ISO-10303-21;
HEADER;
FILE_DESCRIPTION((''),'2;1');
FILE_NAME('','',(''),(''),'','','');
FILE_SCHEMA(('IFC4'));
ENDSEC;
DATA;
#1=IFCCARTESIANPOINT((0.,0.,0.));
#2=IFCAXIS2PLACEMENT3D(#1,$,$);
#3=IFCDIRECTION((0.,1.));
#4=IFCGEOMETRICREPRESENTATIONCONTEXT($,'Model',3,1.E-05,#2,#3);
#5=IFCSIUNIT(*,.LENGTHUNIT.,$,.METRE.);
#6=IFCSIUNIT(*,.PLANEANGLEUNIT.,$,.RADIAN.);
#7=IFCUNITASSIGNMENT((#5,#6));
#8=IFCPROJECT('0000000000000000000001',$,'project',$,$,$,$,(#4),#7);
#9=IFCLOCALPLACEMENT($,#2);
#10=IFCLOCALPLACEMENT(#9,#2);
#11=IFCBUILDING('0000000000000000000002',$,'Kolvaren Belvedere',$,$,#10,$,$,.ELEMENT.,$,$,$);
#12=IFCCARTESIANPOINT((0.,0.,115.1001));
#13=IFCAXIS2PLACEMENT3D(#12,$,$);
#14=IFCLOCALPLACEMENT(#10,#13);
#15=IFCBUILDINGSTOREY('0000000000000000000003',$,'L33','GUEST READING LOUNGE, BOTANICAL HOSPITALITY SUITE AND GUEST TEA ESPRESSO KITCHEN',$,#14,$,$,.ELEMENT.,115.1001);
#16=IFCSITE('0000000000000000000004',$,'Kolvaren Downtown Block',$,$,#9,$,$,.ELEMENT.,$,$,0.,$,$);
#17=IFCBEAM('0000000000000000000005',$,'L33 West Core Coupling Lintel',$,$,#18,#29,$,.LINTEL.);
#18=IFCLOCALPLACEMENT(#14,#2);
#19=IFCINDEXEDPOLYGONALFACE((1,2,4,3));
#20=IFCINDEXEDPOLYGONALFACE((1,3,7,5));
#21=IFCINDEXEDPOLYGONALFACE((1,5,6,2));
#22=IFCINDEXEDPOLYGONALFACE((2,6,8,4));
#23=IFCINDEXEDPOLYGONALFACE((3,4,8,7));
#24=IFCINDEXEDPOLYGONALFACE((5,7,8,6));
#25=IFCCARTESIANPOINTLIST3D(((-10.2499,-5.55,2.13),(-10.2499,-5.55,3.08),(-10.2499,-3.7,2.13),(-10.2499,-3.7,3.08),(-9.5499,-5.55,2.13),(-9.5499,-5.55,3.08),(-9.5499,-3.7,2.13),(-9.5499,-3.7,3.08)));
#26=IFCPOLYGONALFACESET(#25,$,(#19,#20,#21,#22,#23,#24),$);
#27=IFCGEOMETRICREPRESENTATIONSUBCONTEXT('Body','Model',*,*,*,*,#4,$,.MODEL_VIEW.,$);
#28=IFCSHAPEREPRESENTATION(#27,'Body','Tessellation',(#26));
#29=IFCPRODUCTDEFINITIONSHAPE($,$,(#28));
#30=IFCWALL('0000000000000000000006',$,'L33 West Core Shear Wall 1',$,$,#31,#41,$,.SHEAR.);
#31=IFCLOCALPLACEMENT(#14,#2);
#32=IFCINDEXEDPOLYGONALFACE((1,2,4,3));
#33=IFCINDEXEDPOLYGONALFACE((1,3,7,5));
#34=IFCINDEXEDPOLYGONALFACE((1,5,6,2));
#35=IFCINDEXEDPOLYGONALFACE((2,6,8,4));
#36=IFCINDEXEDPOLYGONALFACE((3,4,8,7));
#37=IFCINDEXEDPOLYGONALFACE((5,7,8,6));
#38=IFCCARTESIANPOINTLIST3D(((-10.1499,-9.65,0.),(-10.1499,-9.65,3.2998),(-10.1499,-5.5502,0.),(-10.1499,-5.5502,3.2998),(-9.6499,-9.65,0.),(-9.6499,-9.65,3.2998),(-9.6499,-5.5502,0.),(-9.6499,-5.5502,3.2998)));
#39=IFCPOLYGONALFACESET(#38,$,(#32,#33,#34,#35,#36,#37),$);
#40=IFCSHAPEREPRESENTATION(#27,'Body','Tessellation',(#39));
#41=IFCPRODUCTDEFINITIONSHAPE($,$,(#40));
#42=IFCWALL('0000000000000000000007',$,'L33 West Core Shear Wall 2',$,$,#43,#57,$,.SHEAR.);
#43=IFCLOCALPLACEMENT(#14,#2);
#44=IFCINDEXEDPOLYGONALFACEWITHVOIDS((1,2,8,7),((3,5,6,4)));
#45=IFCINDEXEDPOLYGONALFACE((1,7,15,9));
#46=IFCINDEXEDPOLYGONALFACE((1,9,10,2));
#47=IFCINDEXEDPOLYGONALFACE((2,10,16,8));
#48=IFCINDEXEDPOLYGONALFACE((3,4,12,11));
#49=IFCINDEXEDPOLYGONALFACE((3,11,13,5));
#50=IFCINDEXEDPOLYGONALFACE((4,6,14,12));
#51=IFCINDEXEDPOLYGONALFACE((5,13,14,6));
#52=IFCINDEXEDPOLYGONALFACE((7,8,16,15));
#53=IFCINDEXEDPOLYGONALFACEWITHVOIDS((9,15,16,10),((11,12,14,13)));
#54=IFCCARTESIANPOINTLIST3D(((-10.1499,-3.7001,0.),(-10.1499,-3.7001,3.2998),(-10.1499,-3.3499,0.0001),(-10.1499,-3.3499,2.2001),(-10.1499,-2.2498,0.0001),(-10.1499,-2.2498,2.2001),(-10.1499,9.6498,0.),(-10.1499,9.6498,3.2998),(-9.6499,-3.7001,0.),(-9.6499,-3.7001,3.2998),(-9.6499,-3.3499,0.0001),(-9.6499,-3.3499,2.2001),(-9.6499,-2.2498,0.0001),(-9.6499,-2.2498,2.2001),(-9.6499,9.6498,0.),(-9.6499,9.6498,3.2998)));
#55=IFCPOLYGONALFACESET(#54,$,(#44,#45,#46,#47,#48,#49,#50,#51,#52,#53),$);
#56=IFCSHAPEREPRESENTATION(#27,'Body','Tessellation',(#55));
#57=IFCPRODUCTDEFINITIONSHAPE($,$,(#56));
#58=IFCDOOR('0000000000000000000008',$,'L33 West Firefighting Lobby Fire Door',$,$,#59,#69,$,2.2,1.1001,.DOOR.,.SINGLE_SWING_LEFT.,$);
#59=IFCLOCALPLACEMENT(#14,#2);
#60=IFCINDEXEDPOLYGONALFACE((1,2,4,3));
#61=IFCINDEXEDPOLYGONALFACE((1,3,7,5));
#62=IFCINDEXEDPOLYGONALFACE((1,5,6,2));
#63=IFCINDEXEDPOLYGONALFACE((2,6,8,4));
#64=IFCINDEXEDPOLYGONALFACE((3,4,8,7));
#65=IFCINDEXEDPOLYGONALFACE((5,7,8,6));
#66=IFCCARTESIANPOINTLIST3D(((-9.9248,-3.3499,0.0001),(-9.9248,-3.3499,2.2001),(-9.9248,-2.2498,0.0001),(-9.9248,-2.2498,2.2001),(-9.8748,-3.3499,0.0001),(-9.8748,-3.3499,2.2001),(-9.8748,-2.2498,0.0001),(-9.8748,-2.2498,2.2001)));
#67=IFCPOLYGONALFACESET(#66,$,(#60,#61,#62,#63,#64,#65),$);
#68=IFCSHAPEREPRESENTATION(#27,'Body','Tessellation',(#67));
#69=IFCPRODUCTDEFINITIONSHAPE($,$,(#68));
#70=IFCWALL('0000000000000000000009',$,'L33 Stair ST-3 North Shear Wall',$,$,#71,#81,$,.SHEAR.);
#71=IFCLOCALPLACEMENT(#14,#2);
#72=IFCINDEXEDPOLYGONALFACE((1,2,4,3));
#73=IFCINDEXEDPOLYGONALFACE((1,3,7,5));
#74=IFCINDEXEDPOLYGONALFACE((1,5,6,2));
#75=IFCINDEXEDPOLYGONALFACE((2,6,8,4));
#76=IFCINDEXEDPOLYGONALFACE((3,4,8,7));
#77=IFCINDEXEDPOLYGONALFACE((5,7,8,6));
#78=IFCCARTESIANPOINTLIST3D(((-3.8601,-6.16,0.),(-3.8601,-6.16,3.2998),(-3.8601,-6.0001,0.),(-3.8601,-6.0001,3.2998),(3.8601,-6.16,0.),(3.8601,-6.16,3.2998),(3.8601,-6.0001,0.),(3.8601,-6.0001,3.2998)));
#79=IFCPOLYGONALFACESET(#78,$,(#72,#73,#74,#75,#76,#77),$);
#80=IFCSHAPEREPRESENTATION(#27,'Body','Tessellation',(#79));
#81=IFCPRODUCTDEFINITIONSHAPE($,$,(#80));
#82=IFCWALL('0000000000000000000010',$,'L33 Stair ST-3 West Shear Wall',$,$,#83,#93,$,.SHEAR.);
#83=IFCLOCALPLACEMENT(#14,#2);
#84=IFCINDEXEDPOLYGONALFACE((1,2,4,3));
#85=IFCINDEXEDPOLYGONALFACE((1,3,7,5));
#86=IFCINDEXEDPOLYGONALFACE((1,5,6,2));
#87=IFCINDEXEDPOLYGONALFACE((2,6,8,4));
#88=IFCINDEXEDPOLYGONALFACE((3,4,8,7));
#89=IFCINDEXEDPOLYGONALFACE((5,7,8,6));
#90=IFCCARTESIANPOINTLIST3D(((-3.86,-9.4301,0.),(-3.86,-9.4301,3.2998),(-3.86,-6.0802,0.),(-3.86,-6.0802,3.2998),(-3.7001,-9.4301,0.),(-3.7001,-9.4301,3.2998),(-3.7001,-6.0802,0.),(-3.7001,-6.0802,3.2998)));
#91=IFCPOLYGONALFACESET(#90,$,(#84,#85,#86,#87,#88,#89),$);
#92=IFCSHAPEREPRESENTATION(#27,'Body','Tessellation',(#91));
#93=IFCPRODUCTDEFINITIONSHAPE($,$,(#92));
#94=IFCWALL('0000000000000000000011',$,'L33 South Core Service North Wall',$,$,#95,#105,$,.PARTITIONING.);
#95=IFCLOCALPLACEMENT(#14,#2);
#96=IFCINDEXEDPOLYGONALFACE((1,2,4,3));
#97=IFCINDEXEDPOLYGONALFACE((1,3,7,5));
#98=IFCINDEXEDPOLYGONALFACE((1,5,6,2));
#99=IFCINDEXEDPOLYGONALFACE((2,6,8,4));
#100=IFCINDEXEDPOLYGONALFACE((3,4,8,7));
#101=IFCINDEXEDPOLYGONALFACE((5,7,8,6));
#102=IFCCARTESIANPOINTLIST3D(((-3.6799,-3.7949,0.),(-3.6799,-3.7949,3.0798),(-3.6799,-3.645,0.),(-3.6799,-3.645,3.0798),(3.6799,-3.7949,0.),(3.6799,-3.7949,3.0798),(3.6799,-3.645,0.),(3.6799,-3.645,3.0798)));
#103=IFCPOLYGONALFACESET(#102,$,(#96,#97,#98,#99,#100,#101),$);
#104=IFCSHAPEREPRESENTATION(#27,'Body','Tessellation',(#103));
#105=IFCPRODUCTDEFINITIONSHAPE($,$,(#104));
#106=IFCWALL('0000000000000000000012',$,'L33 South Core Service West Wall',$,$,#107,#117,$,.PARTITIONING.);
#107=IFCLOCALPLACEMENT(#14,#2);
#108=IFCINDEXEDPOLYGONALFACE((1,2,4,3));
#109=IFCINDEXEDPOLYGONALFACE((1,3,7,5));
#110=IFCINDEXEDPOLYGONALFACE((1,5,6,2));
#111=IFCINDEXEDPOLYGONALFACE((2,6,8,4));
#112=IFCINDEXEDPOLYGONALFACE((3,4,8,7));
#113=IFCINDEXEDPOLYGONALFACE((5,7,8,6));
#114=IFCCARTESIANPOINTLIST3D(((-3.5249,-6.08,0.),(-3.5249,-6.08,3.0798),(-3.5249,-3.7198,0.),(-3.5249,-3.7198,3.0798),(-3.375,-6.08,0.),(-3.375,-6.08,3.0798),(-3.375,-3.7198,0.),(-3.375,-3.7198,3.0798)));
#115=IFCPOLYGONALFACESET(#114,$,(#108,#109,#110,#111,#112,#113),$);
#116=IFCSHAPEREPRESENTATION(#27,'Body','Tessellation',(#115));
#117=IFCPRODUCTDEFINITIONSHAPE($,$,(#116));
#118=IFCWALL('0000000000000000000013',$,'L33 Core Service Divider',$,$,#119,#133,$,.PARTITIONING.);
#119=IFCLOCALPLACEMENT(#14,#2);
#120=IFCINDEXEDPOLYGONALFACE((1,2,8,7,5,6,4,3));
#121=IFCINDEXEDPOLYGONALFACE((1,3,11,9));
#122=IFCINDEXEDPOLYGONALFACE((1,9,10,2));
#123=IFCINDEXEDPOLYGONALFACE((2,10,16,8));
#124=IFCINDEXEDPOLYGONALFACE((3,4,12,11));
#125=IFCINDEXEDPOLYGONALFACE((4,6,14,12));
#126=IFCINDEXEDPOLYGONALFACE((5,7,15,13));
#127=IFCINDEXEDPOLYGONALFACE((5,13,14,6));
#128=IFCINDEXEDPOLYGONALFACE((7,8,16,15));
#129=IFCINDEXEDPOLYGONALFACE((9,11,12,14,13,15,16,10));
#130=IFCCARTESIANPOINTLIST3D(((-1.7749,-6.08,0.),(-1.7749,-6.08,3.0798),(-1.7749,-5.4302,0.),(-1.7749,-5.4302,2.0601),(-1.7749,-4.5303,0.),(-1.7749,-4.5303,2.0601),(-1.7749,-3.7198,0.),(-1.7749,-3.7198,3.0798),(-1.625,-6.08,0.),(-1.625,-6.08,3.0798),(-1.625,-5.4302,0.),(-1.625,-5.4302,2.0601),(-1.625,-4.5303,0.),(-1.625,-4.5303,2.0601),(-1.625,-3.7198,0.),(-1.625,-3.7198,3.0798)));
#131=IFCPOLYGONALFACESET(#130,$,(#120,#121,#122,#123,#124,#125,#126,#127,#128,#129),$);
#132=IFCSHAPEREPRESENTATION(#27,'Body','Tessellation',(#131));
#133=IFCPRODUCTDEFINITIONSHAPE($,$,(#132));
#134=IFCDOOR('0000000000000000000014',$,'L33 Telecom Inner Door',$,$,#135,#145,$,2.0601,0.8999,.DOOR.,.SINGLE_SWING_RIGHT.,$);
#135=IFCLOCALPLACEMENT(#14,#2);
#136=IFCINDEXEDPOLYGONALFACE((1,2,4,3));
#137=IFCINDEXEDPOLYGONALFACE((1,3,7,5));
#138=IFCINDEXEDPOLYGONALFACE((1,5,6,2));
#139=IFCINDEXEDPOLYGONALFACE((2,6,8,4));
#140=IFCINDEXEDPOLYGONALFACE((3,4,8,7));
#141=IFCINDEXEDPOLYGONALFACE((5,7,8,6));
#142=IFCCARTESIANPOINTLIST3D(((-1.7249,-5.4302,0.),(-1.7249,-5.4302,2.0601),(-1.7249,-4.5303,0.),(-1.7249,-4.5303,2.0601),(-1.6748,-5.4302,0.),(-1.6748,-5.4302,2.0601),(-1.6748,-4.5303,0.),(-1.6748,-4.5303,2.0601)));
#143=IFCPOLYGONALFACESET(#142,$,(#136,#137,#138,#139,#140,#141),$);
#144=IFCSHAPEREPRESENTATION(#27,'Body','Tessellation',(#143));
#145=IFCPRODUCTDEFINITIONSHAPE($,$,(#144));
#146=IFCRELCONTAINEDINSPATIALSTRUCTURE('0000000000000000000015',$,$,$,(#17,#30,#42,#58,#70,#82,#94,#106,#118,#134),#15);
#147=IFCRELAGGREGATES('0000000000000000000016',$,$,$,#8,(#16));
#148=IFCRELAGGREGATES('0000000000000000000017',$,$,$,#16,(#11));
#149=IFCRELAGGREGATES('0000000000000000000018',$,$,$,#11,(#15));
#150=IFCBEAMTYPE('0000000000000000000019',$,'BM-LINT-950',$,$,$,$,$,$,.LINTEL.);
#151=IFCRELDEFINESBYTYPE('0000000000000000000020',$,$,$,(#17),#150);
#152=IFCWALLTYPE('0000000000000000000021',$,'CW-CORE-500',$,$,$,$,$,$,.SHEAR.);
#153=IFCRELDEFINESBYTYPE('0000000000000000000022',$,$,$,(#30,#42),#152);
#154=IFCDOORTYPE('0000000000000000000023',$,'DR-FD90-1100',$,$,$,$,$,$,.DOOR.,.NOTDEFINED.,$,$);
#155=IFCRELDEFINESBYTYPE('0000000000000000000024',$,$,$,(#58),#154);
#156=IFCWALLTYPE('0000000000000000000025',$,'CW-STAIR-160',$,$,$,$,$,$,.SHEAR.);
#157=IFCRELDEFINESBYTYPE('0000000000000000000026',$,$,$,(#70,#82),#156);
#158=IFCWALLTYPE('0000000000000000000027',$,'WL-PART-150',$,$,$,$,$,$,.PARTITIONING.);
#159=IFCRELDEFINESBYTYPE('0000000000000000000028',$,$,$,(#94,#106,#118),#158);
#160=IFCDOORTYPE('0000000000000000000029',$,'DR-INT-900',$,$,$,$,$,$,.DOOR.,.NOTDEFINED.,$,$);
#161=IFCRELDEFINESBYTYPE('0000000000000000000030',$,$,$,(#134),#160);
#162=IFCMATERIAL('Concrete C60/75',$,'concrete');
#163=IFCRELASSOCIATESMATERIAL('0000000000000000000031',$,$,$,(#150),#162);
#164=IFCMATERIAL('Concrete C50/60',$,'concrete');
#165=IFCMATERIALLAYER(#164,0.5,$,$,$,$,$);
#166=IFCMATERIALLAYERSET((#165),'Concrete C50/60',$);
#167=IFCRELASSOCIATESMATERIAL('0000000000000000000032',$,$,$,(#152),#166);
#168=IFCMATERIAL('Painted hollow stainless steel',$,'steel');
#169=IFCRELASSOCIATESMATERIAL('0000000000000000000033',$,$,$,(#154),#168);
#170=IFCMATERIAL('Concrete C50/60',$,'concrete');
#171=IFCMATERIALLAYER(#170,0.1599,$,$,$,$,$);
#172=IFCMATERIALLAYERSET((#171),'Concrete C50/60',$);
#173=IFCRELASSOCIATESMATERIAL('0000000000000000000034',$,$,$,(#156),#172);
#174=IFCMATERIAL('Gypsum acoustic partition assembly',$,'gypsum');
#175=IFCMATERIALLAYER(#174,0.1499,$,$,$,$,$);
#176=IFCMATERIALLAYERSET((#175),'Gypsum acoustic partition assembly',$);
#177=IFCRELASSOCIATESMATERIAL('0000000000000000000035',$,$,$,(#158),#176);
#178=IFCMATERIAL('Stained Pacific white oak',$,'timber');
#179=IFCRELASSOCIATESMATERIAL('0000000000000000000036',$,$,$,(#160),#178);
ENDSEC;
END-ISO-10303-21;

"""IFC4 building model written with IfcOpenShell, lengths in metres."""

from ifc_helpers import new_model, si_unit, direction, frame, frame_2d, origin, origin_2d, place, context, subcontext, project, spatial, rectangle, extrude, material, layer, layer_set, material_profile, profile_set, type_object, element, fill, save


model = new_model("IFC4")

# Units and contexts
model_context = context("Model", 3, precision=1e-05, world=origin(), true_north=direction((0.0, 1.0)))
body_context = subcontext(model_context, "Body", "Model", "MODEL_VIEW")
ifc_project = project(units=[si_unit("LENGTHUNIT", "METRE"), si_unit("PLANEANGLEUNIT", "RADIAN")], contexts=[model_context])

# Site, building, storey
site_placement = place(None, origin())
site = spatial("IfcSite", under=ifc_project, at=site_placement, Name="Kolvaren Downtown Block", CompositionType="ELEMENT", RefElevation=0.0)
building_placement = place(site_placement, origin())
building = spatial("IfcBuilding", under=site, at=building_placement, Name="Kolvaren Belvedere", CompositionType="ELEMENT")
storey_placement = place(building_placement, frame((0.0, 0.0, 115.1001)))
storey = spatial("IfcBuildingStorey", under=building, at=storey_placement, Name="L33", Description="GUEST READING LOUNGE, BOTANICAL HOSPITALITY SUITE AND GUEST TEA ESPRESSO KITCHEN", CompositionType="ELEMENT", Elevation=115.1001)

# Beam
ifc_material_1 = material(Name="Concrete C60/75", Category="concrete")
ifc_material_profile_1 = material_profile(ifc_material_1, rectangle(XDim=0.7, YDim=0.95, at=origin_2d()), Name="RC 700X950")
ifc_profile_set_1 = profile_set([ifc_material_profile_1], Name="Concrete C60/75")
beam_type_1 = type_object("IfcBeamType", Name="BM-LINT-950", PredefinedType="LINTEL", material=ifc_profile_set_1)
beam_1_placement = place(storey_placement, frame((-9.8999, -5.55, 2.605), z_axis=(0.0, 1.0, 0.0), x_axis=(-1.0, 0.0, 0.0)))
element("IfcBeam", 1, at=beam_1_placement, inside=storey, type_object=beam_type_1, Name="L33 West Core Coupling Lintel", PredefinedType="LINTEL", context=body_context, shape_type="SweptSolid", body=[
    extrude(rectangle(XDim=0.7, YDim=0.95, at=origin_2d()), origin(), (0.0, 0.0, 1.0), 1.8501),
])

# Wall
ifc_material_2 = material(Name="Concrete C50/60", Category="concrete")
ifc_layer_1 = layer(ifc_material_2, 0.5)
ifc_layer_set_1 = layer_set([ifc_layer_1], Name="Concrete C50/60")
wall_type_1 = type_object("IfcWallType", Name="CW-CORE-500", PredefinedType="SHEAR", material=ifc_layer_set_1)
wall_1_placement = place(storey_placement, frame((-9.8999, -9.6499, 0.0), z_axis=(0.0, 0.0, 1.0), x_axis=(0.0, 1.0, 0.0)))
element("IfcWall", 2, at=wall_1_placement, inside=storey, type_object=wall_type_1, Name="L33 West Core Shear Wall 1", PredefinedType="SHEAR", context=body_context, shape_type="SweptSolid", body=[
    extrude(rectangle(XDim=4.0999, YDim=0.5, at=frame_2d((2.0498, 0.0))), origin(), (0.0, 0.0, 1.0), 3.2998),
])

# Wall, opening, door
wall_2_placement = place(storey_placement, frame((-9.8999, -3.7, 0.0), z_axis=(0.0, 0.0, 1.0), x_axis=(0.0, 1.0, 0.0)))
wall_2 = element("IfcWall", 3, at=wall_2_placement, inside=storey, type_object=wall_type_1, Name="L33 West Core Shear Wall 2", PredefinedType="SHEAR", context=body_context, shape_type="SweptSolid", body=[
    extrude(rectangle(XDim=13.3499, YDim=0.5, at=frame_2d((6.6748, 0.0))), origin(), (0.0, 0.0, 1.0), 3.2998),
])
opening_1_placement = place(wall_2_placement, frame((0.3501, 0.0, 0.0)))
opening_1 = element("IfcOpeningElement", 4, at=opening_1_placement, cuts=wall_2, PredefinedType="OPENING", context=body_context, shape_type="SweptSolid", body=[
    extrude(rectangle(XDim=1.1001, YDim=2.2, at=frame_2d((0.55, 1.1001))), frame((0.0, 0.26, 0.0), z_axis=(0.0, -1.0, 0.0), x_axis=(1.0, 0.0, 0.0)), (0.0, 0.0, 1.0), 0.52),
])
ifc_material_3 = material(Name="Painted hollow stainless steel", Category="steel")
door_type_1 = type_object("IfcDoorType", Name="DR-FD90-1100", OperationType="NOTDEFINED", PredefinedType="DOOR", material=ifc_material_3)
door_1_placement = place(opening_1_placement, origin())
door_1 = element("IfcDoor", 5, at=door_1_placement, inside=storey, type_object=door_type_1, Name="L33 West Firefighting Lobby Fire Door", OperationType="SINGLE_SWING_LEFT", OverallHeight=2.2, OverallWidth=1.1001, PredefinedType="DOOR", context=body_context, shape_type="SweptSolid", body=[
    extrude(rectangle(XDim=1.1001, YDim=2.2, at=frame_2d((0.55, 1.1001))), frame((0.0, 0.0249, 0.0), z_axis=(0.0, -1.0, 0.0), x_axis=(1.0, 0.0, 0.0)), (0.0, 0.0, 1.0), 0.05),
])
fill(opening_1, door_1)

# Walls
ifc_material_4 = material(Name="Concrete C50/60", Category="concrete")
ifc_layer_2 = layer(ifc_material_4, 0.1599)
ifc_layer_set_2 = layer_set([ifc_layer_2], Name="Concrete C50/60")
wall_type_2 = type_object("IfcWallType", Name="CW-STAIR-160", PredefinedType="SHEAR", material=ifc_layer_set_2)
wall_3_placement = place(storey_placement, frame((-3.8601, -6.0801, 0.0), z_axis=(0.0, 0.0, 1.0), x_axis=(1.0, 0.0, 0.0)))
element("IfcWall", 6, at=wall_3_placement, inside=storey, type_object=wall_type_2, Name="L33 Stair ST-3 North Shear Wall", PredefinedType="SHEAR", context=body_context, shape_type="SweptSolid", body=[
    extrude(rectangle(XDim=7.7202, YDim=0.1599, at=frame_2d((3.8601, 0.0))), origin(), (0.0, 0.0, 1.0), 3.2998),
])
wall_4_placement = place(storey_placement, frame((-3.78, -9.4299, 0.0), z_axis=(0.0, 0.0, 1.0), x_axis=(0.0, 1.0, 0.0)))
element("IfcWall", 7, at=wall_4_placement, inside=storey, type_object=wall_type_2, Name="L33 Stair ST-3 West Shear Wall", PredefinedType="SHEAR", context=body_context, shape_type="SweptSolid", body=[
    extrude(rectangle(XDim=3.3499, YDim=0.1599, at=frame_2d((1.6748, 0.0))), origin(), (0.0, 0.0, 1.0), 3.2998),
])
ifc_material_5 = material(Name="Gypsum acoustic partition assembly", Category="gypsum")
ifc_layer_3 = layer(ifc_material_5, 0.1499)
ifc_layer_set_3 = layer_set([ifc_layer_3], Name="Gypsum acoustic partition assembly")
wall_type_3 = type_object("IfcWallType", Name="WL-PART-150", PredefinedType="PARTITIONING", material=ifc_layer_set_3)
wall_5_placement = place(storey_placement, frame((-3.6799, -3.72, 0.0), z_axis=(0.0, 0.0, 1.0), x_axis=(1.0, 0.0, 0.0)))
element("IfcWall", 8, at=wall_5_placement, inside=storey, type_object=wall_type_3, Name="L33 South Core Service North Wall", PredefinedType="PARTITIONING", context=body_context, shape_type="SweptSolid", body=[
    extrude(rectangle(XDim=7.3599, YDim=0.1499, at=frame_2d((3.6799, 0.0))), origin(), (0.0, 0.0, 1.0), 3.0798),
])
wall_6_placement = place(storey_placement, frame((-3.45, -6.0801, 0.0), z_axis=(0.0, 0.0, 1.0), x_axis=(0.0, 1.0, 0.0)))
element("IfcWall", 9, at=wall_6_placement, inside=storey, type_object=wall_type_3, Name="L33 South Core Service West Wall", PredefinedType="PARTITIONING", context=body_context, shape_type="SweptSolid", body=[
    extrude(rectangle(XDim=2.3601, YDim=0.1499, at=frame_2d((1.1802, 0.0))), origin(), (0.0, 0.0, 1.0), 3.0798),
])

# Wall, opening, door
wall_7_placement = place(storey_placement, frame((-1.7, -6.0801, 0.0), z_axis=(0.0, 0.0, 1.0), x_axis=(0.0, 1.0, 0.0)))
wall_7 = element("IfcWall", 10, at=wall_7_placement, inside=storey, type_object=wall_type_3, Name="L33 Core Service Divider", PredefinedType="PARTITIONING", context=body_context, shape_type="SweptSolid", body=[
    extrude(rectangle(XDim=2.3601, YDim=0.1499, at=frame_2d((1.1802, 0.0))), origin(), (0.0, 0.0, 1.0), 3.0798),
])
opening_2_placement = place(wall_7_placement, frame((0.6499, 0.0, 0.0)))
opening_2 = element("IfcOpeningElement", 11, at=opening_2_placement, cuts=wall_7, PredefinedType="OPENING", context=body_context, shape_type="SweptSolid", body=[
    extrude(rectangle(XDim=0.8999, YDim=2.0601, at=frame_2d((0.45, 1.03))), frame((0.0, 0.085, 0.0), z_axis=(0.0, -1.0, 0.0), x_axis=(1.0, 0.0, 0.0)), (0.0, 0.0, 1.0), 0.1699),
])
ifc_material_6 = material(Name="Stained Pacific white oak", Category="timber")
door_type_2 = type_object("IfcDoorType", Name="DR-INT-900", OperationType="NOTDEFINED", PredefinedType="DOOR", material=ifc_material_6)
door_2_placement = place(opening_2_placement, origin())
door_2 = element("IfcDoor", 12, at=door_2_placement, inside=storey, type_object=door_type_2, Name="L33 Telecom Inner Door", OperationType="SINGLE_SWING_RIGHT", OverallHeight=2.0601, OverallWidth=0.8999, PredefinedType="DOOR", context=body_context, shape_type="SweptSolid", body=[
    extrude(rectangle(XDim=0.8999, YDim=2.0601, at=frame_2d((0.45, 1.03))), frame((0.0, 0.0249, 0.0), z_axis=(0.0, -1.0, 0.0), x_axis=(1.0, 0.0, 0.0)), (0.0, 0.0, 1.0), 0.05),
])
fill(opening_2, door_2)

save(model, "model.ifc")
